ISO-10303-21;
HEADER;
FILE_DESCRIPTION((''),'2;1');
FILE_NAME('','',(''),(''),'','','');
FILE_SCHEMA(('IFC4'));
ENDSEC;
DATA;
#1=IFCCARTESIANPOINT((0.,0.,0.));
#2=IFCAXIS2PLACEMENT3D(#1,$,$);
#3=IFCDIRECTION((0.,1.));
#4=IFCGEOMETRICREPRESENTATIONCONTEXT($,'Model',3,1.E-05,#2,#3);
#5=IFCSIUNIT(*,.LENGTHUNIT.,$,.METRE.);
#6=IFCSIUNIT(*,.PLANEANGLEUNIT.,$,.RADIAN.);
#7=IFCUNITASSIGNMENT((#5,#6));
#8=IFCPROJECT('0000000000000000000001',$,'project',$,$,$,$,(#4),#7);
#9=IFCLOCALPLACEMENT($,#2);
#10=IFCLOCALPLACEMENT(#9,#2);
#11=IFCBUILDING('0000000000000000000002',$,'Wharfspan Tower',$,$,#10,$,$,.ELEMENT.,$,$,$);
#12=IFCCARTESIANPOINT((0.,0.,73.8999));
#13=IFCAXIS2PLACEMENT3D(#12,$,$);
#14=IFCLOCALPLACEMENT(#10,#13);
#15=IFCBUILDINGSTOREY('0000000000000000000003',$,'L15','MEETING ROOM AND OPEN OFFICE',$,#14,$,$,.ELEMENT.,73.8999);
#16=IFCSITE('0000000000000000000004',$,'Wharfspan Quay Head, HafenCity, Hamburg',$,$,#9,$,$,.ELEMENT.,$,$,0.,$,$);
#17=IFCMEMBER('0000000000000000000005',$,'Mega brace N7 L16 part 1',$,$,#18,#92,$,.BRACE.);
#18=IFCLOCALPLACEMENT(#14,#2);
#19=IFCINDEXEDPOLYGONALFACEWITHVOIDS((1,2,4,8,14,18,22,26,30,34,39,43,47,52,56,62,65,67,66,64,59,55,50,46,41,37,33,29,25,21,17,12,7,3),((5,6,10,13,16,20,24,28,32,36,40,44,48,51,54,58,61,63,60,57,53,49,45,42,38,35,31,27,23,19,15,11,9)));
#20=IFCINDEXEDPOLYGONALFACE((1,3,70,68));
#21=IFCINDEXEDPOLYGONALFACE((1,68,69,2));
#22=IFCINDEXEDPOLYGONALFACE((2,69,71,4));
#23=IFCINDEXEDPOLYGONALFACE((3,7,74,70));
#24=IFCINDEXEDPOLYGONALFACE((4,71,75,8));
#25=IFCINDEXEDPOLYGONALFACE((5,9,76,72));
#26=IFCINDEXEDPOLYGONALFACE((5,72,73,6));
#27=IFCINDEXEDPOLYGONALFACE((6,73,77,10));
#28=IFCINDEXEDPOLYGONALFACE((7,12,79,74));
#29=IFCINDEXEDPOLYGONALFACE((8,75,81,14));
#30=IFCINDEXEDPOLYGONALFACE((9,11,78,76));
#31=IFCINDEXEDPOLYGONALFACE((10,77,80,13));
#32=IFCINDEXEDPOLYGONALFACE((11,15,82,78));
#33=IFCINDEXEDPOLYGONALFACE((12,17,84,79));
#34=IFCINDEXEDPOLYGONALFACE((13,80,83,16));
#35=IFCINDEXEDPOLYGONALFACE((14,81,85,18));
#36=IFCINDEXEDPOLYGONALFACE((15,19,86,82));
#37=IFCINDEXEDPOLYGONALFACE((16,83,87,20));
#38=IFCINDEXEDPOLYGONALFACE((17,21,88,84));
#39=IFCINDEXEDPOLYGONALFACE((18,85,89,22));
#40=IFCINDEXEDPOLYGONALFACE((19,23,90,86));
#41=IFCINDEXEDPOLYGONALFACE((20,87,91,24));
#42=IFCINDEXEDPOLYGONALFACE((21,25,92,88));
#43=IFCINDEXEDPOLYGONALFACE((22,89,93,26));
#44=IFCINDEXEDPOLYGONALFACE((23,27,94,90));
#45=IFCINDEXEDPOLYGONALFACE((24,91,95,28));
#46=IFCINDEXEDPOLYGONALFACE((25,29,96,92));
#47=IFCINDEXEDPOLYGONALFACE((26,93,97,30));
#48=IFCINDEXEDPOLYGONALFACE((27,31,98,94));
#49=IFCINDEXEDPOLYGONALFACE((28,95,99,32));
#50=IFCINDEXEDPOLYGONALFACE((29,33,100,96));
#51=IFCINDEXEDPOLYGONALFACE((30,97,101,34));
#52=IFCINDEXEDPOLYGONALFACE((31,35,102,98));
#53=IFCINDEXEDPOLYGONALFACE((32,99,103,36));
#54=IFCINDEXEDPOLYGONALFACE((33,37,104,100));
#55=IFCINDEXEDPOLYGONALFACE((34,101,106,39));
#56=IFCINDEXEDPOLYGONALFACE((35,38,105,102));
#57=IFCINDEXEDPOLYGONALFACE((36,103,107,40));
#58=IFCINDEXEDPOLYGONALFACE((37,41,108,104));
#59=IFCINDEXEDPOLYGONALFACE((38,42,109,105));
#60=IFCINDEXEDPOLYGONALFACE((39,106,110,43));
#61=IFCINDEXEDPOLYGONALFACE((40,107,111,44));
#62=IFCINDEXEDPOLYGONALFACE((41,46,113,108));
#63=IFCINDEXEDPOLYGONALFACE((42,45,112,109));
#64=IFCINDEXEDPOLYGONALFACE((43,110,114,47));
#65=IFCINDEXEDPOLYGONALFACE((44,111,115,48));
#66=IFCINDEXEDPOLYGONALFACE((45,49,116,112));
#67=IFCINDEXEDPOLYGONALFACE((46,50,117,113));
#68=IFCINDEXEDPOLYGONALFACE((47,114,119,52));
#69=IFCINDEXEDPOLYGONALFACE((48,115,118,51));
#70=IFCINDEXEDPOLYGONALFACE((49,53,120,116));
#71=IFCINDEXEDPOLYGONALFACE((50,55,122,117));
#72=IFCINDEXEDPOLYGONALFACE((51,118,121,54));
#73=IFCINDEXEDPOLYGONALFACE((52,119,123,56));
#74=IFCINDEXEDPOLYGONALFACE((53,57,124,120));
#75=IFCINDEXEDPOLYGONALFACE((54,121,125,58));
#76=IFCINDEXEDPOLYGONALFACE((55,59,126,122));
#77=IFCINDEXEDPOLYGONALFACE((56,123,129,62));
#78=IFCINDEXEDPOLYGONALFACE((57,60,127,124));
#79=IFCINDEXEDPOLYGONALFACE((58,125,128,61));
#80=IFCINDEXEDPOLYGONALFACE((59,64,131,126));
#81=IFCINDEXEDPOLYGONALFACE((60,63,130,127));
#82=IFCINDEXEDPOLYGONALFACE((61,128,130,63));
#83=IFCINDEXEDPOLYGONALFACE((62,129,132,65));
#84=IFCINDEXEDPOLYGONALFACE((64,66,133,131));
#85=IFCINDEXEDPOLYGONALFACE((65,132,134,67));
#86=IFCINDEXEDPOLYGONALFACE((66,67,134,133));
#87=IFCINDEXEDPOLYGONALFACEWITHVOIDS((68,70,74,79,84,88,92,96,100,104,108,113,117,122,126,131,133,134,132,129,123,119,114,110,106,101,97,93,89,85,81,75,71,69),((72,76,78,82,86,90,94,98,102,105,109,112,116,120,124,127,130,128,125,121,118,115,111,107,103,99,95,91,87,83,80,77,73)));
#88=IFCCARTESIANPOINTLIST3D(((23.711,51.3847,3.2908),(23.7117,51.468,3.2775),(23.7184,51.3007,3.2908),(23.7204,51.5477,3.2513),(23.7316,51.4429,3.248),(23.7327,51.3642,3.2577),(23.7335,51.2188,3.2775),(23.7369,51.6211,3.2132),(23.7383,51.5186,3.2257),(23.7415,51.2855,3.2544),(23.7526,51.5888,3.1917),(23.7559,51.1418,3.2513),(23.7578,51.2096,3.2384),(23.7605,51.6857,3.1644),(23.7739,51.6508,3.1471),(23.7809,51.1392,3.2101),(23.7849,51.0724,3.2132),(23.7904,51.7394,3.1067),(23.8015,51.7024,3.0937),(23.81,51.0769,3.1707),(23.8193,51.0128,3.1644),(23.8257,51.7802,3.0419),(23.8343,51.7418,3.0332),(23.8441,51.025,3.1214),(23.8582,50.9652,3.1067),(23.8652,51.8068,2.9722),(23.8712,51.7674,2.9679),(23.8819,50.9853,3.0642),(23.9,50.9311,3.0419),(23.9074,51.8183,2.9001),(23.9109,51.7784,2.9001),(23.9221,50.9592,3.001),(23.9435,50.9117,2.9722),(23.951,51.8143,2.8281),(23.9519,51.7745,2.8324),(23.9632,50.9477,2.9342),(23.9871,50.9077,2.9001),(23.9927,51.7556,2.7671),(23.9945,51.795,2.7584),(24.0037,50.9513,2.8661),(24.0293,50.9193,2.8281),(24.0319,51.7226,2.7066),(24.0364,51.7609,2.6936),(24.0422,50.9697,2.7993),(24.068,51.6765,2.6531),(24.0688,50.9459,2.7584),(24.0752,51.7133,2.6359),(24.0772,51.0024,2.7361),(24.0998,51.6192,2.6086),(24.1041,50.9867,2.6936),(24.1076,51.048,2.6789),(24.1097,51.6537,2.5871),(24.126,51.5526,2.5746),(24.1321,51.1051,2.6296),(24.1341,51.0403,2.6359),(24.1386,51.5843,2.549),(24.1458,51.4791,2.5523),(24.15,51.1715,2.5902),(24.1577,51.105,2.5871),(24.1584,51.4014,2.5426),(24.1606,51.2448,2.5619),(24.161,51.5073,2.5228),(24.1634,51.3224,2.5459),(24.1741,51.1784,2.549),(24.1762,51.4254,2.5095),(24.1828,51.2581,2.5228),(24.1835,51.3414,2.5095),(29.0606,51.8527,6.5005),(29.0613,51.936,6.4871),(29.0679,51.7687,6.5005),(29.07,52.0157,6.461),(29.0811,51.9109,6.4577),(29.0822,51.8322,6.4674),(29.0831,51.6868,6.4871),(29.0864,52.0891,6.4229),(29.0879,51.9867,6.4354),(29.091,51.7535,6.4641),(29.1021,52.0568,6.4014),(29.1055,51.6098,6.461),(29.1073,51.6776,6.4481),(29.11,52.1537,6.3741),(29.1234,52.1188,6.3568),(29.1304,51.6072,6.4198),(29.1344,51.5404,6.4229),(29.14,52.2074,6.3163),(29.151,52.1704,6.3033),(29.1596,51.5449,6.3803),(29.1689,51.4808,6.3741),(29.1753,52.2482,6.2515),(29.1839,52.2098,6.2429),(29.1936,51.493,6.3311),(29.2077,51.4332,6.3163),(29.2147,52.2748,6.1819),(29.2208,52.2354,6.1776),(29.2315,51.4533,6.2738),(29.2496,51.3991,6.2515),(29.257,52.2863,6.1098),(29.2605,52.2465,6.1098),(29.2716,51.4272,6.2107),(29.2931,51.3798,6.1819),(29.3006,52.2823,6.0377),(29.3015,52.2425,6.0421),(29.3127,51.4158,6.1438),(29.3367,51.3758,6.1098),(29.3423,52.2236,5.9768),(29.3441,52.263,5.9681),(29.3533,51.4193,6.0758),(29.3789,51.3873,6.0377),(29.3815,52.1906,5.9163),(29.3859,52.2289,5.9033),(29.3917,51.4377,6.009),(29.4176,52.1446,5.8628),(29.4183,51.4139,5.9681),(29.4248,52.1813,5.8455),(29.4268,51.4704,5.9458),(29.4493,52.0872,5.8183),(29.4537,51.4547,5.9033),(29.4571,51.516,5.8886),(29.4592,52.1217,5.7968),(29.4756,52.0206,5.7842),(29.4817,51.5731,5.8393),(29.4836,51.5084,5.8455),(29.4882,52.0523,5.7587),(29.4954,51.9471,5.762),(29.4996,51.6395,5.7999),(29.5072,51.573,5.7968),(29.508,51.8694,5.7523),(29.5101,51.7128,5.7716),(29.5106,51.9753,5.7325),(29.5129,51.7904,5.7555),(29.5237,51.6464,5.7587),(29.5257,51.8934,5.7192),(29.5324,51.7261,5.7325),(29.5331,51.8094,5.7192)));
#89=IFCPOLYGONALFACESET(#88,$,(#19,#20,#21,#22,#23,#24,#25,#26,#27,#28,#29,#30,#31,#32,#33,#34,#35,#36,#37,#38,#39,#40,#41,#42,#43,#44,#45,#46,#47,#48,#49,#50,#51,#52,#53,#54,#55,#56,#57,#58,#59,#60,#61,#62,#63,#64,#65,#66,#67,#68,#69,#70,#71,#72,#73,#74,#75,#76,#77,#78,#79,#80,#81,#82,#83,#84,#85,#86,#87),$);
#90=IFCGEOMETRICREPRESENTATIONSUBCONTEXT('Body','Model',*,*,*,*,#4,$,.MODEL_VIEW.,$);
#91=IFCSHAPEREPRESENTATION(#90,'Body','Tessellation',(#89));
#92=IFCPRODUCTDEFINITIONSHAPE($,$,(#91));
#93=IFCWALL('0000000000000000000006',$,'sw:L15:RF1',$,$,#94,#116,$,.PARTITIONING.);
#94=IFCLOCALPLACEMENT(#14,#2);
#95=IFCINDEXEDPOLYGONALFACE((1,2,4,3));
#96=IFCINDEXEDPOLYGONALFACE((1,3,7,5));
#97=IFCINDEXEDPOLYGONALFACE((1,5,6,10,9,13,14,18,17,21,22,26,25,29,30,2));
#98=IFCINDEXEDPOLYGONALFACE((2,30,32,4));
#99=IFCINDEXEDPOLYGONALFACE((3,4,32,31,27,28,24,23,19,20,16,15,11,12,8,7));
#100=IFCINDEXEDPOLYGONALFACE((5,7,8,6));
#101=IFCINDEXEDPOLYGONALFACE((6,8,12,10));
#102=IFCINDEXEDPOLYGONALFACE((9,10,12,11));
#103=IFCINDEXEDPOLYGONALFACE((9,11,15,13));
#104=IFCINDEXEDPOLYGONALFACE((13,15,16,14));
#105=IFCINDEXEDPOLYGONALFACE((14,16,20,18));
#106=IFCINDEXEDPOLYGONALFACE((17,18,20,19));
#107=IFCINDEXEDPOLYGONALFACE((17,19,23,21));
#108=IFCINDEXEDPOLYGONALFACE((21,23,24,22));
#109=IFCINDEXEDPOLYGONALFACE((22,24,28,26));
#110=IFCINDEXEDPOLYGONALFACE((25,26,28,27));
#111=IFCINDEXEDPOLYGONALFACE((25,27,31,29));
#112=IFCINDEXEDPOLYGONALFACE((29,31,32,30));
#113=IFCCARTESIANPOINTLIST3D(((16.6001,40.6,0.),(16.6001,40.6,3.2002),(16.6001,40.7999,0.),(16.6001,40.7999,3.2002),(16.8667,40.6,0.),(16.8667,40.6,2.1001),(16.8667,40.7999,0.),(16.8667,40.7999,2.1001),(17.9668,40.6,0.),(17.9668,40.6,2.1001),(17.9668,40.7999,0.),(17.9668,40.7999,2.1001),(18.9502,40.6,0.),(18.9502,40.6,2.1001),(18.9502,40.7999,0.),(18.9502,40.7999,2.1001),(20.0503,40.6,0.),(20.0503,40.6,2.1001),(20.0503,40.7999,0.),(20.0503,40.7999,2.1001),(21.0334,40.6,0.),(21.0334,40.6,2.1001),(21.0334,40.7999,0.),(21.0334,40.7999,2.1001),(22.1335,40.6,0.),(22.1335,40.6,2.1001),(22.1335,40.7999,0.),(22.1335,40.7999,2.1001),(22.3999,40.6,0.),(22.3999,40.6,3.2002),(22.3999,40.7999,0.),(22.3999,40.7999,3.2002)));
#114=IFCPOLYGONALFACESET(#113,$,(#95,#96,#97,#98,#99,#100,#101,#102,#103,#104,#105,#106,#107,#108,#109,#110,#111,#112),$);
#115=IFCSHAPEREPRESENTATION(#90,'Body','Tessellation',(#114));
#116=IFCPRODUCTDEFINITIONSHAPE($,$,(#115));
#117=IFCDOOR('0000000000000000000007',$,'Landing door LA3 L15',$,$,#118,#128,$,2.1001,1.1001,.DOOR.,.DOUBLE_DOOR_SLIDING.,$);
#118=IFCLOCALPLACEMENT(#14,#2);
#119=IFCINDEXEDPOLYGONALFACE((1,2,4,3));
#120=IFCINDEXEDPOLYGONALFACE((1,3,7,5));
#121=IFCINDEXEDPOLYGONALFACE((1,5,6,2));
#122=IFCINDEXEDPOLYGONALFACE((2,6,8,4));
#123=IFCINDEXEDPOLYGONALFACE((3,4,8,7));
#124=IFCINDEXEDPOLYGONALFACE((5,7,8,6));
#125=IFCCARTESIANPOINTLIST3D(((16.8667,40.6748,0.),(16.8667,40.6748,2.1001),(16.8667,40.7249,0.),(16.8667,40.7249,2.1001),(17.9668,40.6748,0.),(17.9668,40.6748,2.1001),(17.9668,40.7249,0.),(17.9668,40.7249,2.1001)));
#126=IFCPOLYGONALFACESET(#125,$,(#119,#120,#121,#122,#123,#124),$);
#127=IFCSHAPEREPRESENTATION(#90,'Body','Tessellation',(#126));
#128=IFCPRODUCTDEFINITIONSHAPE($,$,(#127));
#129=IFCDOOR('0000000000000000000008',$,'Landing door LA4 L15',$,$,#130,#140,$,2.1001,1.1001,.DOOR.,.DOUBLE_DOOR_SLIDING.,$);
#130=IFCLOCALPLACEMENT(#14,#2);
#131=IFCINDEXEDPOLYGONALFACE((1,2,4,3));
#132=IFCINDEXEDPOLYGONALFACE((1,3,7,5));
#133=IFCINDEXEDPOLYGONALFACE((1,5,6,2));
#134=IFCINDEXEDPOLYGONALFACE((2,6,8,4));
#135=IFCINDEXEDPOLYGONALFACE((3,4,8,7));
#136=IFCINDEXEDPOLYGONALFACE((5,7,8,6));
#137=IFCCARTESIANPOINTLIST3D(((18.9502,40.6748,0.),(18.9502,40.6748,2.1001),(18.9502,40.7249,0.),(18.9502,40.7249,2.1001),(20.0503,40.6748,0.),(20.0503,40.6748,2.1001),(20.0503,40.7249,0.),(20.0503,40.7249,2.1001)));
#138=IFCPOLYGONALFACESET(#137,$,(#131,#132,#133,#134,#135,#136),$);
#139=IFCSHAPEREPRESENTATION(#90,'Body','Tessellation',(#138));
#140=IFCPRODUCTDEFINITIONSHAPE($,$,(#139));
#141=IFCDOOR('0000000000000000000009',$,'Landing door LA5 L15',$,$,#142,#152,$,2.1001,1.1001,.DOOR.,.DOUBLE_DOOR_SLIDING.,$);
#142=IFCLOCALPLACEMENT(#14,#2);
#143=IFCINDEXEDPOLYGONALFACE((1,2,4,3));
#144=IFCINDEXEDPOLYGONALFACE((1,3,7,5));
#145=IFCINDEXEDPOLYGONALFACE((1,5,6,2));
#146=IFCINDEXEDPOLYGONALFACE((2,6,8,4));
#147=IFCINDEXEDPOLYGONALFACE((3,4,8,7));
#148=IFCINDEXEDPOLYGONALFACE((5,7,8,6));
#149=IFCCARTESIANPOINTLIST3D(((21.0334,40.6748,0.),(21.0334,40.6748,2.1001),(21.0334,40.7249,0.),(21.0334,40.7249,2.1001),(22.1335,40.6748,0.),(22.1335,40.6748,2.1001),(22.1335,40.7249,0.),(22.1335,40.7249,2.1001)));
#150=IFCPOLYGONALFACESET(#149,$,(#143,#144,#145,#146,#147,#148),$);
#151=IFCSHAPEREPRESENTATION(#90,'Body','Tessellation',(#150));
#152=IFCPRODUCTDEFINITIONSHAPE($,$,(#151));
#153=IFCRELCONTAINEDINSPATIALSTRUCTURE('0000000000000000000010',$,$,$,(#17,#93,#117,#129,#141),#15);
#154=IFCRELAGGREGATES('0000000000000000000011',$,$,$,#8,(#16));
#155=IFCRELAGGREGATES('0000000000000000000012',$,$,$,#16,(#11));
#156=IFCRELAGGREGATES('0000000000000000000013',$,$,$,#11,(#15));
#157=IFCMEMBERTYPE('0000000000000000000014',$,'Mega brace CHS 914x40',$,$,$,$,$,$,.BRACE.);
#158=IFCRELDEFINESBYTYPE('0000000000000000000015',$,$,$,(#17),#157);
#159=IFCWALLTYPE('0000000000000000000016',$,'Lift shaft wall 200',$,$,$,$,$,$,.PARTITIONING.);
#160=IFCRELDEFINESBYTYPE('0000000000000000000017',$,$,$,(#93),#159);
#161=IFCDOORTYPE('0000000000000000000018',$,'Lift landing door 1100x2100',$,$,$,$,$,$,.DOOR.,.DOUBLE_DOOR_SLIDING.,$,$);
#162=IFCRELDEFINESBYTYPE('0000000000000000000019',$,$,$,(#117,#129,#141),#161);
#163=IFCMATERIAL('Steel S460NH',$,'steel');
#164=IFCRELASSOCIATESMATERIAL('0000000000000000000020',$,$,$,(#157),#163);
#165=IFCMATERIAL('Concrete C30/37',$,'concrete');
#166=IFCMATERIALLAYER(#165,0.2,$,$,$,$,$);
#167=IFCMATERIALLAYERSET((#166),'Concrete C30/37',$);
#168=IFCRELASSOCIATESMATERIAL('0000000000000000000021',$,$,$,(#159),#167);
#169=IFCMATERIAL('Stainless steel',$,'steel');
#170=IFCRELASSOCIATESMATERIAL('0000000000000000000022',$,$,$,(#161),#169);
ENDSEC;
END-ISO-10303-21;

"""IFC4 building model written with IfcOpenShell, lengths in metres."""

from ifc_helpers import new_model, si_unit, direction, frame, frame_2d, origin, origin_2d, place, context, subcontext, project, spatial, rectangle, hollow_circle, extrude, material, layer, layer_set, material_profile, profile_set, type_object, element, fill, save


model = new_model("IFC4")

# Units and contexts
model_context = context("Model", 3, precision=1e-05, world=origin(), true_north=direction((0.0, 1.0)))
body_context = subcontext(model_context, "Body", "Model", "MODEL_VIEW")
ifc_project = project(units=[si_unit("LENGTHUNIT", "METRE"), si_unit("PLANEANGLEUNIT", "RADIAN")], contexts=[model_context])

# Site, building, storey
site_placement = place(None, origin())
site = spatial("IfcSite", under=ifc_project, at=site_placement, Name="Wharfspan Quay Head, HafenCity, Hamburg", CompositionType="ELEMENT", RefElevation=0.0)
building_placement = place(site_placement, origin())
building = spatial("IfcBuilding", under=site, at=building_placement, Name="Wharfspan Tower", CompositionType="ELEMENT")
storey_placement = place(building_placement, frame((0.0, 0.0, 73.8999)))
storey = spatial("IfcBuildingStorey", under=building, at=storey_placement, Name="L15", Description="MEETING ROOM AND OPEN OFFICE", CompositionType="ELEMENT", Elevation=73.8999)

# Member
ifc_material_1 = material(Name="Steel S460NH", Category="steel")
ifc_material_profile_1 = material_profile(ifc_material_1, hollow_circle(Radius=0.457, WallThickness=0.04, at=origin_2d()))
ifc_profile_set_1 = profile_set([ifc_material_profile_1], Name="Steel S460NH")
member_type = type_object("IfcMemberType", Name="Mega brace CHS 914x40", PredefinedType="BRACE", material=ifc_profile_set_1)
member_placement = place(storey_placement, frame((23.9473, 51.363, 2.9001), z_axis=(0.855094, 0.074809, 0.513048), x_axis=(-0.087154, 0.996195, 0.000001)))
element("IfcMember", 1, at=member_placement, inside=storey, type_object=member_type, Name="Mega brace N7 L16 part 1", PredefinedType="BRACE", context=body_context, shape_type="SweptSolid", body=[
    extrude(hollow_circle(Radius=0.457, WallThickness=0.04, at=origin_2d()), origin(), (0.0, 0.0, 1.0), 6.2561),
])

# Wall, openings, doors
ifc_material_2 = material(Name="Concrete C30/37", Category="concrete")
ifc_layer_1 = layer(ifc_material_2, 0.2)
ifc_layer_set_1 = layer_set([ifc_layer_1], Name="Concrete C30/37")
wall_type_1 = type_object("IfcWallType", Name="Lift shaft wall 200", PredefinedType="PARTITIONING", material=ifc_layer_set_1)
wall_1_placement = place(storey_placement, frame((16.6001, 40.7, 0.0), z_axis=(0.0, 0.0, 1.0), x_axis=(1.0, 0.0, 0.0)))
wall_1 = element("IfcWall", 2, at=wall_1_placement, inside=storey, type_object=wall_type_1, Name="sw:L15:RF1", PredefinedType="PARTITIONING", context=body_context, shape_type="SweptSolid", body=[
    extrude(rectangle(XDim=5.7998, YDim=0.2, at=frame_2d((2.8999, 0.0))), origin(), (0.0, 0.0, 1.0), 3.2002),
])
opening_1_placement = place(wall_1_placement, frame((0.2666, 0.0, 0.0)))
opening_1 = element("IfcOpeningElement", 3, at=opening_1_placement, cuts=wall_1, PredefinedType="OPENING", context=body_context, shape_type="SweptSolid", body=[
    extrude(rectangle(XDim=1.1001, YDim=2.1001, at=frame_2d((0.55, 1.05))), frame((0.0, 0.1099, 0.0), z_axis=(0.0, -1.0, 0.0), x_axis=(1.0, 0.0, 0.0)), (0.0, 0.0, 1.0), 0.22),
])
opening_2_placement = place(wall_1_placement, frame((2.3501, 0.0, 0.0)))
opening_2 = element("IfcOpeningElement", 4, at=opening_2_placement, cuts=wall_1, PredefinedType="OPENING", context=body_context, shape_type="SweptSolid", body=[
    extrude(rectangle(XDim=1.1001, YDim=2.1001, at=frame_2d((0.55, 1.05))), frame((0.0, 0.1099, 0.0), z_axis=(0.0, -1.0, 0.0), x_axis=(1.0, 0.0, 0.0)), (0.0, 0.0, 1.0), 0.22),
])
opening_3_placement = place(wall_1_placement, frame((4.4333, 0.0, 0.0)))
opening_3 = element("IfcOpeningElement", 5, at=opening_3_placement, cuts=wall_1, PredefinedType="OPENING", context=body_context, shape_type="SweptSolid", body=[
    extrude(rectangle(XDim=1.1001, YDim=2.1001, at=frame_2d((0.55, 1.05))), frame((0.0, 0.1099, 0.0), z_axis=(0.0, -1.0, 0.0), x_axis=(1.0, 0.0, 0.0)), (0.0, 0.0, 1.0), 0.22),
])
ifc_material_3 = material(Name="Stainless steel", Category="steel")
door_type_1 = type_object("IfcDoorType", Name="Lift landing door 1100x2100", OperationType="DOUBLE_DOOR_SLIDING", PredefinedType="DOOR", material=ifc_material_3)
door_1_placement = place(opening_1_placement, origin())
door_1 = element("IfcDoor", 6, at=door_1_placement, inside=storey, type_object=door_type_1, Name="Landing door LA3 L15", OperationType="DOUBLE_DOOR_SLIDING", OverallHeight=2.1001, OverallWidth=1.1001, PredefinedType="DOOR", context=body_context, shape_type="SweptSolid", body=[
    extrude(rectangle(XDim=1.1001, YDim=2.1001, at=frame_2d((0.55, 1.05))), frame((0.0, 0.0249, 0.0), z_axis=(0.0, -1.0, 0.0), x_axis=(1.0, 0.0, 0.0)), (0.0, 0.0, 1.0), 0.05),
])
fill(opening_1, door_1)
door_2_placement = place(opening_2_placement, origin())
door_2 = element("IfcDoor", 7, at=door_2_placement, inside=storey, type_object=door_type_1, Name="Landing door LA4 L15", OperationType="DOUBLE_DOOR_SLIDING", OverallHeight=2.1001, OverallWidth=1.1001, PredefinedType="DOOR", context=body_context, shape_type="SweptSolid", body=[
    extrude(rectangle(XDim=1.1001, YDim=2.1001, at=frame_2d((0.55, 1.05))), frame((0.0, 0.0249, 0.0), z_axis=(0.0, -1.0, 0.0), x_axis=(1.0, 0.0, 0.0)), (0.0, 0.0, 1.0), 0.05),
])
fill(opening_2, door_2)
door_3_placement = place(opening_3_placement, origin())
door_3 = element("IfcDoor", 8, at=door_3_placement, inside=storey, type_object=door_type_1, Name="Landing door LA5 L15", OperationType="DOUBLE_DOOR_SLIDING", OverallHeight=2.1001, OverallWidth=1.1001, PredefinedType="DOOR", context=body_context, shape_type="SweptSolid", body=[
    extrude(rectangle(XDim=1.1001, YDim=2.1001, at=frame_2d((0.55, 1.05))), frame((0.0, 0.0249, 0.0), z_axis=(0.0, -1.0, 0.0), x_axis=(1.0, 0.0, 0.0)), (0.0, 0.0, 1.0), 0.05),
])
fill(opening_3, door_3)

save(model, "model.ifc")
